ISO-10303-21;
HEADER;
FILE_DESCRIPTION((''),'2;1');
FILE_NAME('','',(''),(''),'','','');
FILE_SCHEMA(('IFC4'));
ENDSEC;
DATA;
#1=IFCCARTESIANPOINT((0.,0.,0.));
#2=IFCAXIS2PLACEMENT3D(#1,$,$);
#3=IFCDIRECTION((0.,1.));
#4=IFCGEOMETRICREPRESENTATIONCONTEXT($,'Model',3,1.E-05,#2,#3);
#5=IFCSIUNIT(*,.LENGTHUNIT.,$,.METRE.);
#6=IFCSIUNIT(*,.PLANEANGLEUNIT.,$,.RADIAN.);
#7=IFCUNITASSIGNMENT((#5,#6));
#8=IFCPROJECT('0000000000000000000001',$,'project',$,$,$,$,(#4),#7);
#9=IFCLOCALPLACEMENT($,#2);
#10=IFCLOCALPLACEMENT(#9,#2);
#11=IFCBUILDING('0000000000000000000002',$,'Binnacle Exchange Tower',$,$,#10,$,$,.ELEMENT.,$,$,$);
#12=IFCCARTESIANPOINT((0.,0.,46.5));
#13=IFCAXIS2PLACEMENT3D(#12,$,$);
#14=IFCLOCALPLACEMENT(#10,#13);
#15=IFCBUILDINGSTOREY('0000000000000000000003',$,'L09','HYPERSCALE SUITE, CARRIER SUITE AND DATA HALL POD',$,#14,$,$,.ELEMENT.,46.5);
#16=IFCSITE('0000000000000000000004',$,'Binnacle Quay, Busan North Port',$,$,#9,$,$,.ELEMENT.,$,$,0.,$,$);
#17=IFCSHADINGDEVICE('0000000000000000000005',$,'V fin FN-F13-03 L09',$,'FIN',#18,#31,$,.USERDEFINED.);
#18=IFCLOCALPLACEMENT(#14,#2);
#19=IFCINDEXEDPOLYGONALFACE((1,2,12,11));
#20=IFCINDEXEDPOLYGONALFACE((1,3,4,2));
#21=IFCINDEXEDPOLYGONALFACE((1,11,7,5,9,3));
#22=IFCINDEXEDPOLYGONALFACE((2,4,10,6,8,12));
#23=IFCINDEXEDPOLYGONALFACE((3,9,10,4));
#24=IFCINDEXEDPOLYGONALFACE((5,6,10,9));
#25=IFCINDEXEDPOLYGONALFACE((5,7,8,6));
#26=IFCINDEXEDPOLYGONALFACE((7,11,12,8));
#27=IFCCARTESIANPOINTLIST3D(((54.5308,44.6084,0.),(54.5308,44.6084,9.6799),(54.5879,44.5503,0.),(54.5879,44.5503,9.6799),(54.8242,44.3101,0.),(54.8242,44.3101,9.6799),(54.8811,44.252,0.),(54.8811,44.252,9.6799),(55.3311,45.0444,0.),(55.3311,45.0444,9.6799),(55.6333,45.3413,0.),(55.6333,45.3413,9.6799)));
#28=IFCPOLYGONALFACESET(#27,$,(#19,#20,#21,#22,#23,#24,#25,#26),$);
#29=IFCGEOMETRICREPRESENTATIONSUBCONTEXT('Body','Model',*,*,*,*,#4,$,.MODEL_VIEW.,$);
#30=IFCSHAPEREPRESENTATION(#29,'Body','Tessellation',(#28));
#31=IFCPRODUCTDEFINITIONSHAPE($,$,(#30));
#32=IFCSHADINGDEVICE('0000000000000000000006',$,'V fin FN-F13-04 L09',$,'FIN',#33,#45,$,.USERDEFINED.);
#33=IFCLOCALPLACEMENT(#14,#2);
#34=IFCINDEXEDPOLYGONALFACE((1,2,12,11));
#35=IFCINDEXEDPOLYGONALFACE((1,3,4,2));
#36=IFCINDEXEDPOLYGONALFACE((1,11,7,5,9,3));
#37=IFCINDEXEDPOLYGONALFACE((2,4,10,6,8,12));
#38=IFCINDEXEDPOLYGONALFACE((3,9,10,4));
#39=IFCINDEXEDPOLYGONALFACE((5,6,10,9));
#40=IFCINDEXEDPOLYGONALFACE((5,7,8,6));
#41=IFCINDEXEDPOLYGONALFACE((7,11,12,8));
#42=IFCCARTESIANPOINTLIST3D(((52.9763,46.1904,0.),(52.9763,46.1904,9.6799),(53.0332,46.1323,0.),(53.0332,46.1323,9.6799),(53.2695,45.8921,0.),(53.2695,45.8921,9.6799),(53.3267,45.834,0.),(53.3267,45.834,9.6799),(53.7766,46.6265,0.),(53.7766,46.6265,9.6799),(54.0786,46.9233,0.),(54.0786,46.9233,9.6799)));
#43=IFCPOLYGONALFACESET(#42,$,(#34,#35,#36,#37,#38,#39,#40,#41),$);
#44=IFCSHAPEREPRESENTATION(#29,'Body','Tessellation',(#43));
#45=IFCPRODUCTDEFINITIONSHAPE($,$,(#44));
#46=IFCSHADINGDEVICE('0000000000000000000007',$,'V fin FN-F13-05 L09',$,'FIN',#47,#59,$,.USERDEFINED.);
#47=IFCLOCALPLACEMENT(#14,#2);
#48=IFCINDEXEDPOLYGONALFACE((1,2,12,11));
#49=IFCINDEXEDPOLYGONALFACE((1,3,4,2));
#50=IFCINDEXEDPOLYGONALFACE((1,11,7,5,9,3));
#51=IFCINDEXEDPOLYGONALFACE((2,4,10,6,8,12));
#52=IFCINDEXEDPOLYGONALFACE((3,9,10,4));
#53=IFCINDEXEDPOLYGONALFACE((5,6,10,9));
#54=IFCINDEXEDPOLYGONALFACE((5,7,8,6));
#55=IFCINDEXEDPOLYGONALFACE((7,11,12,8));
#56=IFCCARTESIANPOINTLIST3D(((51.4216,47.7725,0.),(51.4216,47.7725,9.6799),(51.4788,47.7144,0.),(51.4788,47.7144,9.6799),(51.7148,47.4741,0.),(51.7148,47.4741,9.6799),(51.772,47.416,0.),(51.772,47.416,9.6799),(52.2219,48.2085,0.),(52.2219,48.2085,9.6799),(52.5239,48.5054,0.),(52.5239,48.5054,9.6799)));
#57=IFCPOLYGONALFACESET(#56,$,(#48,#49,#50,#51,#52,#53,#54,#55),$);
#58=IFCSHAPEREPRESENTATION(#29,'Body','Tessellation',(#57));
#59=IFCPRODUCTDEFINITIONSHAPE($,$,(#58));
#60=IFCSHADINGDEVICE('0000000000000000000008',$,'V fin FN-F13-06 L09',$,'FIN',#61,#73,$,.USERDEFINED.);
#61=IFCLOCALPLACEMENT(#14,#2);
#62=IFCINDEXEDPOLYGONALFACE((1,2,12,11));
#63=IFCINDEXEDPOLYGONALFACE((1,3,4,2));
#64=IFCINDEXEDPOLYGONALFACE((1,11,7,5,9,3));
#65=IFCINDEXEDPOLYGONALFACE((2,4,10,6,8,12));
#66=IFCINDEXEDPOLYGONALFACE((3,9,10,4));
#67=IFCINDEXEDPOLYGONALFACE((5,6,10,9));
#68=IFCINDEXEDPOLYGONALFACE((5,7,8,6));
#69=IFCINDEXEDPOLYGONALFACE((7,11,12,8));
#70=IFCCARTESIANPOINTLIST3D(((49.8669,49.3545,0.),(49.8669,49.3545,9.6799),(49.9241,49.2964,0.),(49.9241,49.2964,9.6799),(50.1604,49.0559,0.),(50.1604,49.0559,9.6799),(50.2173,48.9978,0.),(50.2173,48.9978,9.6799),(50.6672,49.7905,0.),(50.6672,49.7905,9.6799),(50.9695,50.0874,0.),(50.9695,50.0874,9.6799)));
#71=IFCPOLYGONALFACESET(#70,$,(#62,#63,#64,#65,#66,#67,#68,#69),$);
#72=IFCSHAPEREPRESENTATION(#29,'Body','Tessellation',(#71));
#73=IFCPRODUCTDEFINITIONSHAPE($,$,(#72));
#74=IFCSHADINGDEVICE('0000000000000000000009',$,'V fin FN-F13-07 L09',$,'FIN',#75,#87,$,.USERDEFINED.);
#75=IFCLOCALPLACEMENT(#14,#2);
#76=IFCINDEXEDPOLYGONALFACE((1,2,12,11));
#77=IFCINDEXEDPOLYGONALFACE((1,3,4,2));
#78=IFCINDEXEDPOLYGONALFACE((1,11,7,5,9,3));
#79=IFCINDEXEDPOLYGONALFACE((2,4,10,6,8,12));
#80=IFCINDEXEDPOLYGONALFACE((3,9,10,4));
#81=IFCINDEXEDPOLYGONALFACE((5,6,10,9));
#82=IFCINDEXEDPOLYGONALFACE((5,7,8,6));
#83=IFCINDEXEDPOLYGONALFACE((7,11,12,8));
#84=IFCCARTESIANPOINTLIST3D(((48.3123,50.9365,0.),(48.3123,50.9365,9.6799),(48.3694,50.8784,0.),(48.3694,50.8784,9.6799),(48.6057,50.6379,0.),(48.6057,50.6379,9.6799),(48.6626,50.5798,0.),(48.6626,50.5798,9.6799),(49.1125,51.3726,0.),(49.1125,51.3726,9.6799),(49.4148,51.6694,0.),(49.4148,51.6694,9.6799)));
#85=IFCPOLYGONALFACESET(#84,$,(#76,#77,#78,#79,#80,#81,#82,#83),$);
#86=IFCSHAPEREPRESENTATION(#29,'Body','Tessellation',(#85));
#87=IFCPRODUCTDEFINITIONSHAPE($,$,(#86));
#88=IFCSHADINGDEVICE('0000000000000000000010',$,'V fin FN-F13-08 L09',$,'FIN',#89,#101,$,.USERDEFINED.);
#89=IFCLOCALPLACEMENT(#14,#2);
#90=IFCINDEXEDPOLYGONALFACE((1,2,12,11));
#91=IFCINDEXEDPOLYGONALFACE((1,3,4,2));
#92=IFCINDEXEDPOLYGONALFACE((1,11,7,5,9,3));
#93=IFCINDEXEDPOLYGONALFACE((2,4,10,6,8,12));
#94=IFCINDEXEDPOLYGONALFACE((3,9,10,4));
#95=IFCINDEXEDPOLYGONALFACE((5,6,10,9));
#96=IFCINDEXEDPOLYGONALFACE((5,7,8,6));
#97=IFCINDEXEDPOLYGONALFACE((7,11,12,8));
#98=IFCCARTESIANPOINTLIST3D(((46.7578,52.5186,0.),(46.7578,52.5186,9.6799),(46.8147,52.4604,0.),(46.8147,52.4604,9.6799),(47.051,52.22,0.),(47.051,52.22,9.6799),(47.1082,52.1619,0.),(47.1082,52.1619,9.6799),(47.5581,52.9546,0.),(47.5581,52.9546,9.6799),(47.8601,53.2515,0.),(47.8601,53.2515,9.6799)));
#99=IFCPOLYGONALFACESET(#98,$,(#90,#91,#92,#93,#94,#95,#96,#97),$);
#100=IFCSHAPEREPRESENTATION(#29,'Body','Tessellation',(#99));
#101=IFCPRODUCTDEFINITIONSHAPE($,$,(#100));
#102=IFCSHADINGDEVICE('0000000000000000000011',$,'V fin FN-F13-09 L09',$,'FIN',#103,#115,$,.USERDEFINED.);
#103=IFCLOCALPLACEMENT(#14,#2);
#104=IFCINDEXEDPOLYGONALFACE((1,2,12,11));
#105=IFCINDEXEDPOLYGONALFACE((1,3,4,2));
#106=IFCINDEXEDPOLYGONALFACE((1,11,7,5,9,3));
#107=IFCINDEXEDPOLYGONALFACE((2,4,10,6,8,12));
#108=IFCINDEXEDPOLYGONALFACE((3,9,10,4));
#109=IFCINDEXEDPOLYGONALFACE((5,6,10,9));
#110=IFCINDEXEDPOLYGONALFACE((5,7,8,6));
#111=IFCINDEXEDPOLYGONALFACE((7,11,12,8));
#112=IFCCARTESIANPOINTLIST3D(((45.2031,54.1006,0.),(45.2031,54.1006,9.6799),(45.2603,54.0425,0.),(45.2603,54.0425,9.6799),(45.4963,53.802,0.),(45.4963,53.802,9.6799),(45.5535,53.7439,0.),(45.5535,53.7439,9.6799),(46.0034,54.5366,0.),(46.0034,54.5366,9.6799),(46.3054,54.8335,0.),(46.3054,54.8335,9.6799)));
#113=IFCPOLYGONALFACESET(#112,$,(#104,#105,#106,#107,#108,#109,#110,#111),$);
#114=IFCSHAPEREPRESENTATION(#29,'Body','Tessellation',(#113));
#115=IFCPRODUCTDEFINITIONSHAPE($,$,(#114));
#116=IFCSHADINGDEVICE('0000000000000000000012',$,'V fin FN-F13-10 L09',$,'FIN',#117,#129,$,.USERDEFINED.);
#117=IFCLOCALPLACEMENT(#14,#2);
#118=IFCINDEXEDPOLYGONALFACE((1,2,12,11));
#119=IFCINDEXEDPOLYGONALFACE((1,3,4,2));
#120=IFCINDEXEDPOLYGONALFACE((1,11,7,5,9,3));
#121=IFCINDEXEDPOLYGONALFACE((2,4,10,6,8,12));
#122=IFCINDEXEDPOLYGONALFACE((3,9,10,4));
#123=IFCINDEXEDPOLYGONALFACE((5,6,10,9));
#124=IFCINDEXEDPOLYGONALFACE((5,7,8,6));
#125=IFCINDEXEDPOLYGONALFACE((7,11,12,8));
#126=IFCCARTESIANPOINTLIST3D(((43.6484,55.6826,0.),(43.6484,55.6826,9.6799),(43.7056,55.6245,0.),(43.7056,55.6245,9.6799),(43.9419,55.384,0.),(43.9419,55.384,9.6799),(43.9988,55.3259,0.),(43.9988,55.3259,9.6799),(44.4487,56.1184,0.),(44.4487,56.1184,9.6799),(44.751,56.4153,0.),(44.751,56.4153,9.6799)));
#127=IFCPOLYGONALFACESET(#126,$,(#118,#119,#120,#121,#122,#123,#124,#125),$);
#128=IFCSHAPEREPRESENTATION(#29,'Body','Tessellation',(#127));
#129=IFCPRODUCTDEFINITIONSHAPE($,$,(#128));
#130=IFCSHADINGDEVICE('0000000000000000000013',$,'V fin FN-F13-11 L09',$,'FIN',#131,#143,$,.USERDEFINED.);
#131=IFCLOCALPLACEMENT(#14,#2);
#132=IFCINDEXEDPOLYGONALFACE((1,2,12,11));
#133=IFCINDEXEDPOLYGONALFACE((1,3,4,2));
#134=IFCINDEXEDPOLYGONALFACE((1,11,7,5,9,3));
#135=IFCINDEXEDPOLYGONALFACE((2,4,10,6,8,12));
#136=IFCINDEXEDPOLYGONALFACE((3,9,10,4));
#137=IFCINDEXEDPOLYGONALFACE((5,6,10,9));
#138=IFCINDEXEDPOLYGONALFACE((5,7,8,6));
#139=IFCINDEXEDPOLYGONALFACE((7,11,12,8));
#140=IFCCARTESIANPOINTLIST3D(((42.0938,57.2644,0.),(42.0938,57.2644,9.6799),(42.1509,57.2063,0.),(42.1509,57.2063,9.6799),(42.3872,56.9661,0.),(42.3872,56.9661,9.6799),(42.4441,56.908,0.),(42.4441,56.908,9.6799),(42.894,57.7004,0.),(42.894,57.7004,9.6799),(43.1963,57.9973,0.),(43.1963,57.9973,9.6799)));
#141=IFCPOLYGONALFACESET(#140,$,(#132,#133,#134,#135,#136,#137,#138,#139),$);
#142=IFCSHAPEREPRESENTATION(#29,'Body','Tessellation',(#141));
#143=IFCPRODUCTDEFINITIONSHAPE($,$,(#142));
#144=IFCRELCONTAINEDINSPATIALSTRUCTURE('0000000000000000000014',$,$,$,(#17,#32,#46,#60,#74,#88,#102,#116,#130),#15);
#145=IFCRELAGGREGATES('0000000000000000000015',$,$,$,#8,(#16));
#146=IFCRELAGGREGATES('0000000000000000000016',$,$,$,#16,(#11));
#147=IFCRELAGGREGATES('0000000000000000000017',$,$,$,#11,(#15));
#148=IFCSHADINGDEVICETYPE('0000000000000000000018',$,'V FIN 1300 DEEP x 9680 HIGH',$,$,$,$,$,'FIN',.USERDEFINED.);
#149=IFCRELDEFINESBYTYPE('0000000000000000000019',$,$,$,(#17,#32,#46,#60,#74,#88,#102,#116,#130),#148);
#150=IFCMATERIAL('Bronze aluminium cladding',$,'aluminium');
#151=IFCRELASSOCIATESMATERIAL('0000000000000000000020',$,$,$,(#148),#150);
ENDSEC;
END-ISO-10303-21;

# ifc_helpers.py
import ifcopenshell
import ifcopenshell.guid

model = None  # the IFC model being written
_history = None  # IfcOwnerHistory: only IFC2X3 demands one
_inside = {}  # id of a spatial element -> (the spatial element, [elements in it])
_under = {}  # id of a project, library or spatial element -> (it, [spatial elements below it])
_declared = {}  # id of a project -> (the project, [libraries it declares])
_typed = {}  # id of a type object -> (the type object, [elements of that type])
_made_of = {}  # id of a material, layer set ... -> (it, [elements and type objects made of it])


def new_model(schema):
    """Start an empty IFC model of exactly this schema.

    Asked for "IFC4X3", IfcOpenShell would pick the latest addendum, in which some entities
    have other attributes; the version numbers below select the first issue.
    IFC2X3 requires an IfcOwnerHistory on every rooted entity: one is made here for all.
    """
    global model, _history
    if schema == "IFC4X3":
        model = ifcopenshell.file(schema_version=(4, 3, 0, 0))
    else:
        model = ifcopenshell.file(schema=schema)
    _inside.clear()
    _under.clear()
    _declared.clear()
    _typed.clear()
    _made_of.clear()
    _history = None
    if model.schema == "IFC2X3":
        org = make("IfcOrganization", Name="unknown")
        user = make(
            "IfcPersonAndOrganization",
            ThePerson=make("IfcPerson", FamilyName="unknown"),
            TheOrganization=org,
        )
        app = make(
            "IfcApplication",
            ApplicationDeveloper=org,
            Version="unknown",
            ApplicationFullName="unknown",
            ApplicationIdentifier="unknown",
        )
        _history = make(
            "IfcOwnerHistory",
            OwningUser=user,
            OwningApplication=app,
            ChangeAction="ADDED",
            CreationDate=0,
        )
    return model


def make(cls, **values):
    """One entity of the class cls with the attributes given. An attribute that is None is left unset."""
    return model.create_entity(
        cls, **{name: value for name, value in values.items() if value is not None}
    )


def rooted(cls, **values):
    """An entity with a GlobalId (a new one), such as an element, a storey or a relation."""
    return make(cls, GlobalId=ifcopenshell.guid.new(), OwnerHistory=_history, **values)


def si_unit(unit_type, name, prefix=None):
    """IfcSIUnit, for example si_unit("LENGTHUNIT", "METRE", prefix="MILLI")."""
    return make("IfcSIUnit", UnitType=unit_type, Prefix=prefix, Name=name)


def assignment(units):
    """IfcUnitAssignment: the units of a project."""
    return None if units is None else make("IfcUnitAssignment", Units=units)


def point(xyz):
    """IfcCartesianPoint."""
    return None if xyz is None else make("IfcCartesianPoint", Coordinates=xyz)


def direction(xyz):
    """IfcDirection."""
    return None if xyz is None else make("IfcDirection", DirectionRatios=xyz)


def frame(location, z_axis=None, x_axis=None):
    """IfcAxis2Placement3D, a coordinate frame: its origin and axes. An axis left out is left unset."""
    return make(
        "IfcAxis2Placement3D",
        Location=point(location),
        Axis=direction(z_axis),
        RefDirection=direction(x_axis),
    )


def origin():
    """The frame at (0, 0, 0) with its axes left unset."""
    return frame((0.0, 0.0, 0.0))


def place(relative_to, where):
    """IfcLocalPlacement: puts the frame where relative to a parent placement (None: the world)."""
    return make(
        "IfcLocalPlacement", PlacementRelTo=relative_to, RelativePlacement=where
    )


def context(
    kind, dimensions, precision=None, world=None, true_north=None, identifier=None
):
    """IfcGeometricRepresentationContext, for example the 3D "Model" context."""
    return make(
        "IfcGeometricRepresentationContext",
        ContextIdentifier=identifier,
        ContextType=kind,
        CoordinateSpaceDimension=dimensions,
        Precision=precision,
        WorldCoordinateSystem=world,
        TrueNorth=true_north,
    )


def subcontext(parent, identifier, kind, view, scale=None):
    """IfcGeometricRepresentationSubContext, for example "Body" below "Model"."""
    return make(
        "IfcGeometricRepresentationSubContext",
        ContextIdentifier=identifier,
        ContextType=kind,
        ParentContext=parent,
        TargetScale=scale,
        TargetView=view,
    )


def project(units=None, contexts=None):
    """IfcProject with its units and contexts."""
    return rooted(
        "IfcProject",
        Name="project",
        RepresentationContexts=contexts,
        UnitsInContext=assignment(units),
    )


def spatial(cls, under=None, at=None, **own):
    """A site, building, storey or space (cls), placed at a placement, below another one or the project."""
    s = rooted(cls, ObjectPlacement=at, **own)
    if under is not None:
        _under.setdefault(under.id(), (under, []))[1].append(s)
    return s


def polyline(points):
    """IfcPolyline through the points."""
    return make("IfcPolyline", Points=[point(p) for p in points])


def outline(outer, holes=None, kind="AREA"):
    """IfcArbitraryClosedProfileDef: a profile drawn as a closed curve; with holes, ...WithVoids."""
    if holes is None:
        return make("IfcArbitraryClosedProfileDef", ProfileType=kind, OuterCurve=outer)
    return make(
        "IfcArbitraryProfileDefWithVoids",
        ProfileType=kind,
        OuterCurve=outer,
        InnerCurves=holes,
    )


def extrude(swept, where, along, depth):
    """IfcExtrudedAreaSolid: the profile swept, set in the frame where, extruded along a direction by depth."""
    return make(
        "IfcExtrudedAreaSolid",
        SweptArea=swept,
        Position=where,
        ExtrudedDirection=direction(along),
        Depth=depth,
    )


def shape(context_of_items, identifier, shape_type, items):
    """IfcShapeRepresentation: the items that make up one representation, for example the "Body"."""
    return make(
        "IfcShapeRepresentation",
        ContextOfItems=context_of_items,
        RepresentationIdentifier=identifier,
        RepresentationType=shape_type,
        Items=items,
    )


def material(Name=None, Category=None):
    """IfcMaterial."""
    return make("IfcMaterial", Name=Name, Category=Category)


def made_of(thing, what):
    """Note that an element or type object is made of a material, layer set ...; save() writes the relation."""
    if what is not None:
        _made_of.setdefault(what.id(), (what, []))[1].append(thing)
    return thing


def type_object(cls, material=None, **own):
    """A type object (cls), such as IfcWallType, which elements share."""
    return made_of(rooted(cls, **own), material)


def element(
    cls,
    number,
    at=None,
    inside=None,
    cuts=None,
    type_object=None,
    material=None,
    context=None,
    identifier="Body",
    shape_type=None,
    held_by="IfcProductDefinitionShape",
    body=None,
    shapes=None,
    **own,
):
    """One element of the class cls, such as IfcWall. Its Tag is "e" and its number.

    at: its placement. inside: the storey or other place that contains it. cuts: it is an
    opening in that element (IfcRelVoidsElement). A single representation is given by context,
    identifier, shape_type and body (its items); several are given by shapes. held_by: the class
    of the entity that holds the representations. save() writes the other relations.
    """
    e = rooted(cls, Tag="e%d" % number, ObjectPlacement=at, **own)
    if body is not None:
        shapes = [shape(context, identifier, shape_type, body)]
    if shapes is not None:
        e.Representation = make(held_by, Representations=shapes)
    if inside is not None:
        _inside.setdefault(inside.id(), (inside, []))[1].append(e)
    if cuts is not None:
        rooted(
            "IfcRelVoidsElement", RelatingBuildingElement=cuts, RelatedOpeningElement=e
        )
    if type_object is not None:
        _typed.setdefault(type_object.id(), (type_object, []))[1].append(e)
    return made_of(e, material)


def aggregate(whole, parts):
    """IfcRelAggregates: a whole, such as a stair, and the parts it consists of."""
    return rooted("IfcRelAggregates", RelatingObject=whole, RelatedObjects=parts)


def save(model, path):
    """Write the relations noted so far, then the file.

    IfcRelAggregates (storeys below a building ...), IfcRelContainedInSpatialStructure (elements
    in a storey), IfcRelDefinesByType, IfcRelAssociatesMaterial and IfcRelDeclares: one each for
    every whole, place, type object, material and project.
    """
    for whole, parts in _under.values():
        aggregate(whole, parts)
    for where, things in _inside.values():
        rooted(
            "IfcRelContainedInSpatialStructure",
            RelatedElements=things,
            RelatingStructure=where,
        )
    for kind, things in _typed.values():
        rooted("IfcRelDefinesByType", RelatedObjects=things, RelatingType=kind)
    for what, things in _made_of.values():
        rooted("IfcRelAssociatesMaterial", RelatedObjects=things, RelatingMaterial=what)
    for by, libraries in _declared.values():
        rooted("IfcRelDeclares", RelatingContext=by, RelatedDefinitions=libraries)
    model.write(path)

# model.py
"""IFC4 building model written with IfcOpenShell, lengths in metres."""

from ifc_helpers import new_model, si_unit, direction, frame, origin, place, context, subcontext, project, spatial, polyline, outline, extrude, material, type_object, element, save


model = new_model("IFC4")

# Units and contexts
model_context = context("Model", 3, precision=1e-05, world=origin(), true_north=direction((0.0, 1.0)))
body_context = subcontext(model_context, "Body", "Model", "MODEL_VIEW")
ifc_project = project(units=[si_unit("LENGTHUNIT", "METRE"), si_unit("PLANEANGLEUNIT", "RADIAN")], contexts=[model_context])

# Site, building, storey
site_placement = place(None, origin())
site = spatial("IfcSite", under=ifc_project, at=site_placement, Name="Binnacle Quay, Busan North Port", CompositionType="ELEMENT", RefElevation=0.0)
building_placement = place(site_placement, origin())
building = spatial("IfcBuilding", under=site, at=building_placement, Name="Binnacle Exchange Tower", CompositionType="ELEMENT")
storey_placement = place(building_placement, frame((0.0, 0.0, 46.5)))
storey = spatial("IfcBuildingStorey", under=building, at=storey_placement, Name="L09", Description="HYPERSCALE SUITE, CARRIER SUITE AND DATA HALL POD", CompositionType="ELEMENT", Elevation=46.5)

# Shading devices
ifc_material_1 = material(Name="Bronze aluminium cladding", Category="aluminium")
shading_device_type = type_object("IfcShadingDeviceType", Name="V FIN 1300 DEEP x 9680 HIGH", ElementType="FIN", PredefinedType="USERDEFINED", material=ifc_material_1)
shading_device_1_placement = place(storey_placement, origin())
element("IfcShadingDevice", 1, at=shading_device_1_placement, inside=storey, type_object=shading_device_type, Name="V fin FN-F13-03 L09", ObjectType="FIN", PredefinedType="USERDEFINED", context=body_context, shape_type="SweptSolid", body=[
    extrude(outline(polyline([(54.8811, 44.252), (55.6333, 45.3413), (54.5308, 44.6084), (54.5879, 44.5503), (55.3311, 45.0444), (54.8242, 44.3101), (54.8811, 44.252)])), origin(), (0.0, 0.0, 1.0), 9.6799),
])
shading_device_2_placement = place(storey_placement, origin())
element("IfcShadingDevice", 2, at=shading_device_2_placement, inside=storey, type_object=shading_device_type, Name="V fin FN-F13-04 L09", ObjectType="FIN", PredefinedType="USERDEFINED", context=body_context, shape_type="SweptSolid", body=[
    extrude(outline(polyline([(53.3267, 45.834), (54.0786, 46.9233), (52.9763, 46.1904), (53.0332, 46.1323), (53.7766, 46.6265), (53.2695, 45.8921), (53.3267, 45.834)])), origin(), (0.0, 0.0, 1.0), 9.6799),
])
shading_device_3_placement = place(storey_placement, origin())
element("IfcShadingDevice", 3, at=shading_device_3_placement, inside=storey, type_object=shading_device_type, Name="V fin FN-F13-05 L09", ObjectType="FIN", PredefinedType="USERDEFINED", context=body_context, shape_type="SweptSolid", body=[
    extrude(outline(polyline([(51.772, 47.416), (52.5239, 48.5054), (51.4216, 47.7725), (51.4788, 47.7144), (52.2219, 48.2085), (51.7148, 47.4741), (51.772, 47.416)])), origin(), (0.0, 0.0, 1.0), 9.6799),
])
shading_device_4_placement = place(storey_placement, origin())
element("IfcShadingDevice", 4, at=shading_device_4_placement, inside=storey, type_object=shading_device_type, Name="V fin FN-F13-06 L09", ObjectType="FIN", PredefinedType="USERDEFINED", context=body_context, shape_type="SweptSolid", body=[
    extrude(outline(polyline([(50.2173, 48.9978), (50.9695, 50.0874), (49.8669, 49.3545), (49.9241, 49.2964), (50.6672, 49.7905), (50.1604, 49.0559), (50.2173, 48.9978)])), origin(), (0.0, 0.0, 1.0), 9.6799),
])
shading_device_5_placement = place(storey_placement, origin())
element("IfcShadingDevice", 5, at=shading_device_5_placement, inside=storey, type_object=shading_device_type, Name="V fin FN-F13-07 L09", ObjectType="FIN", PredefinedType="USERDEFINED", context=body_context, shape_type="SweptSolid", body=[
    extrude(outline(polyline([(48.6626, 50.5798), (49.4148, 51.6694), (48.3123, 50.9365), (48.3694, 50.8784), (49.1125, 51.3726), (48.6057, 50.6379), (48.6626, 50.5798)])), origin(), (0.0, 0.0, 1.0), 9.6799),
])
shading_device_6_placement = place(storey_placement, origin())
element("IfcShadingDevice", 6, at=shading_device_6_placement, inside=storey, type_object=shading_device_type, Name="V fin FN-F13-08 L09", ObjectType="FIN", PredefinedType="USERDEFINED", context=body_context, shape_type="SweptSolid", body=[
    extrude(outline(polyline([(47.1082, 52.1619), (47.8601, 53.2515), (46.7578, 52.5186), (46.8147, 52.4604), (47.5581, 52.9546), (47.051, 52.22), (47.1082, 52.1619)])), origin(), (0.0, 0.0, 1.0), 9.6799),
])
shading_device_7_placement = place(storey_placement, origin())
element("IfcShadingDevice", 7, at=shading_device_7_placement, inside=storey, type_object=shading_device_type, Name="V fin FN-F13-09 L09", ObjectType="FIN", PredefinedType="USERDEFINED", context=body_context, shape_type="SweptSolid", body=[
    extrude(outline(polyline([(45.5535, 53.7439), (46.3054, 54.8335), (45.2031, 54.1006), (45.2603, 54.0425), (46.0034, 54.5366), (45.4963, 53.802), (45.5535, 53.7439)])), origin(), (0.0, 0.0, 1.0), 9.6799),
])
shading_device_8_placement = place(storey_placement, origin())
element("IfcShadingDevice", 8, at=shading_device_8_placement, inside=storey, type_object=shading_device_type, Name="V fin FN-F13-10 L09", ObjectType="FIN", PredefinedType="USERDEFINED", context=body_context, shape_type="SweptSolid", body=[
    extrude(outline(polyline([(43.9988, 55.3259), (44.751, 56.4153), (43.6484, 55.6826), (43.7056, 55.6245), (44.4487, 56.1184), (43.9419, 55.384), (43.9988, 55.3259)])), origin(), (0.0, 0.0, 1.0), 9.6799),
])
shading_device_9_placement = place(storey_placement, origin())
element("IfcShadingDevice", 9, at=shading_device_9_placement, inside=storey, type_object=shading_device_type, Name="V fin FN-F13-11 L09", ObjectType="FIN", PredefinedType="USERDEFINED", context=body_context, shape_type="SweptSolid", body=[
    extrude(outline(polyline([(42.4441, 56.908), (43.1963, 57.9973), (42.0938, 57.2644), (42.1509, 57.2063), (42.894, 57.7004), (42.3872, 56.9661), (42.4441, 56.908)])), origin(), (0.0, 0.0, 1.0), 9.6799),
])

save(model, "model.ifc")
